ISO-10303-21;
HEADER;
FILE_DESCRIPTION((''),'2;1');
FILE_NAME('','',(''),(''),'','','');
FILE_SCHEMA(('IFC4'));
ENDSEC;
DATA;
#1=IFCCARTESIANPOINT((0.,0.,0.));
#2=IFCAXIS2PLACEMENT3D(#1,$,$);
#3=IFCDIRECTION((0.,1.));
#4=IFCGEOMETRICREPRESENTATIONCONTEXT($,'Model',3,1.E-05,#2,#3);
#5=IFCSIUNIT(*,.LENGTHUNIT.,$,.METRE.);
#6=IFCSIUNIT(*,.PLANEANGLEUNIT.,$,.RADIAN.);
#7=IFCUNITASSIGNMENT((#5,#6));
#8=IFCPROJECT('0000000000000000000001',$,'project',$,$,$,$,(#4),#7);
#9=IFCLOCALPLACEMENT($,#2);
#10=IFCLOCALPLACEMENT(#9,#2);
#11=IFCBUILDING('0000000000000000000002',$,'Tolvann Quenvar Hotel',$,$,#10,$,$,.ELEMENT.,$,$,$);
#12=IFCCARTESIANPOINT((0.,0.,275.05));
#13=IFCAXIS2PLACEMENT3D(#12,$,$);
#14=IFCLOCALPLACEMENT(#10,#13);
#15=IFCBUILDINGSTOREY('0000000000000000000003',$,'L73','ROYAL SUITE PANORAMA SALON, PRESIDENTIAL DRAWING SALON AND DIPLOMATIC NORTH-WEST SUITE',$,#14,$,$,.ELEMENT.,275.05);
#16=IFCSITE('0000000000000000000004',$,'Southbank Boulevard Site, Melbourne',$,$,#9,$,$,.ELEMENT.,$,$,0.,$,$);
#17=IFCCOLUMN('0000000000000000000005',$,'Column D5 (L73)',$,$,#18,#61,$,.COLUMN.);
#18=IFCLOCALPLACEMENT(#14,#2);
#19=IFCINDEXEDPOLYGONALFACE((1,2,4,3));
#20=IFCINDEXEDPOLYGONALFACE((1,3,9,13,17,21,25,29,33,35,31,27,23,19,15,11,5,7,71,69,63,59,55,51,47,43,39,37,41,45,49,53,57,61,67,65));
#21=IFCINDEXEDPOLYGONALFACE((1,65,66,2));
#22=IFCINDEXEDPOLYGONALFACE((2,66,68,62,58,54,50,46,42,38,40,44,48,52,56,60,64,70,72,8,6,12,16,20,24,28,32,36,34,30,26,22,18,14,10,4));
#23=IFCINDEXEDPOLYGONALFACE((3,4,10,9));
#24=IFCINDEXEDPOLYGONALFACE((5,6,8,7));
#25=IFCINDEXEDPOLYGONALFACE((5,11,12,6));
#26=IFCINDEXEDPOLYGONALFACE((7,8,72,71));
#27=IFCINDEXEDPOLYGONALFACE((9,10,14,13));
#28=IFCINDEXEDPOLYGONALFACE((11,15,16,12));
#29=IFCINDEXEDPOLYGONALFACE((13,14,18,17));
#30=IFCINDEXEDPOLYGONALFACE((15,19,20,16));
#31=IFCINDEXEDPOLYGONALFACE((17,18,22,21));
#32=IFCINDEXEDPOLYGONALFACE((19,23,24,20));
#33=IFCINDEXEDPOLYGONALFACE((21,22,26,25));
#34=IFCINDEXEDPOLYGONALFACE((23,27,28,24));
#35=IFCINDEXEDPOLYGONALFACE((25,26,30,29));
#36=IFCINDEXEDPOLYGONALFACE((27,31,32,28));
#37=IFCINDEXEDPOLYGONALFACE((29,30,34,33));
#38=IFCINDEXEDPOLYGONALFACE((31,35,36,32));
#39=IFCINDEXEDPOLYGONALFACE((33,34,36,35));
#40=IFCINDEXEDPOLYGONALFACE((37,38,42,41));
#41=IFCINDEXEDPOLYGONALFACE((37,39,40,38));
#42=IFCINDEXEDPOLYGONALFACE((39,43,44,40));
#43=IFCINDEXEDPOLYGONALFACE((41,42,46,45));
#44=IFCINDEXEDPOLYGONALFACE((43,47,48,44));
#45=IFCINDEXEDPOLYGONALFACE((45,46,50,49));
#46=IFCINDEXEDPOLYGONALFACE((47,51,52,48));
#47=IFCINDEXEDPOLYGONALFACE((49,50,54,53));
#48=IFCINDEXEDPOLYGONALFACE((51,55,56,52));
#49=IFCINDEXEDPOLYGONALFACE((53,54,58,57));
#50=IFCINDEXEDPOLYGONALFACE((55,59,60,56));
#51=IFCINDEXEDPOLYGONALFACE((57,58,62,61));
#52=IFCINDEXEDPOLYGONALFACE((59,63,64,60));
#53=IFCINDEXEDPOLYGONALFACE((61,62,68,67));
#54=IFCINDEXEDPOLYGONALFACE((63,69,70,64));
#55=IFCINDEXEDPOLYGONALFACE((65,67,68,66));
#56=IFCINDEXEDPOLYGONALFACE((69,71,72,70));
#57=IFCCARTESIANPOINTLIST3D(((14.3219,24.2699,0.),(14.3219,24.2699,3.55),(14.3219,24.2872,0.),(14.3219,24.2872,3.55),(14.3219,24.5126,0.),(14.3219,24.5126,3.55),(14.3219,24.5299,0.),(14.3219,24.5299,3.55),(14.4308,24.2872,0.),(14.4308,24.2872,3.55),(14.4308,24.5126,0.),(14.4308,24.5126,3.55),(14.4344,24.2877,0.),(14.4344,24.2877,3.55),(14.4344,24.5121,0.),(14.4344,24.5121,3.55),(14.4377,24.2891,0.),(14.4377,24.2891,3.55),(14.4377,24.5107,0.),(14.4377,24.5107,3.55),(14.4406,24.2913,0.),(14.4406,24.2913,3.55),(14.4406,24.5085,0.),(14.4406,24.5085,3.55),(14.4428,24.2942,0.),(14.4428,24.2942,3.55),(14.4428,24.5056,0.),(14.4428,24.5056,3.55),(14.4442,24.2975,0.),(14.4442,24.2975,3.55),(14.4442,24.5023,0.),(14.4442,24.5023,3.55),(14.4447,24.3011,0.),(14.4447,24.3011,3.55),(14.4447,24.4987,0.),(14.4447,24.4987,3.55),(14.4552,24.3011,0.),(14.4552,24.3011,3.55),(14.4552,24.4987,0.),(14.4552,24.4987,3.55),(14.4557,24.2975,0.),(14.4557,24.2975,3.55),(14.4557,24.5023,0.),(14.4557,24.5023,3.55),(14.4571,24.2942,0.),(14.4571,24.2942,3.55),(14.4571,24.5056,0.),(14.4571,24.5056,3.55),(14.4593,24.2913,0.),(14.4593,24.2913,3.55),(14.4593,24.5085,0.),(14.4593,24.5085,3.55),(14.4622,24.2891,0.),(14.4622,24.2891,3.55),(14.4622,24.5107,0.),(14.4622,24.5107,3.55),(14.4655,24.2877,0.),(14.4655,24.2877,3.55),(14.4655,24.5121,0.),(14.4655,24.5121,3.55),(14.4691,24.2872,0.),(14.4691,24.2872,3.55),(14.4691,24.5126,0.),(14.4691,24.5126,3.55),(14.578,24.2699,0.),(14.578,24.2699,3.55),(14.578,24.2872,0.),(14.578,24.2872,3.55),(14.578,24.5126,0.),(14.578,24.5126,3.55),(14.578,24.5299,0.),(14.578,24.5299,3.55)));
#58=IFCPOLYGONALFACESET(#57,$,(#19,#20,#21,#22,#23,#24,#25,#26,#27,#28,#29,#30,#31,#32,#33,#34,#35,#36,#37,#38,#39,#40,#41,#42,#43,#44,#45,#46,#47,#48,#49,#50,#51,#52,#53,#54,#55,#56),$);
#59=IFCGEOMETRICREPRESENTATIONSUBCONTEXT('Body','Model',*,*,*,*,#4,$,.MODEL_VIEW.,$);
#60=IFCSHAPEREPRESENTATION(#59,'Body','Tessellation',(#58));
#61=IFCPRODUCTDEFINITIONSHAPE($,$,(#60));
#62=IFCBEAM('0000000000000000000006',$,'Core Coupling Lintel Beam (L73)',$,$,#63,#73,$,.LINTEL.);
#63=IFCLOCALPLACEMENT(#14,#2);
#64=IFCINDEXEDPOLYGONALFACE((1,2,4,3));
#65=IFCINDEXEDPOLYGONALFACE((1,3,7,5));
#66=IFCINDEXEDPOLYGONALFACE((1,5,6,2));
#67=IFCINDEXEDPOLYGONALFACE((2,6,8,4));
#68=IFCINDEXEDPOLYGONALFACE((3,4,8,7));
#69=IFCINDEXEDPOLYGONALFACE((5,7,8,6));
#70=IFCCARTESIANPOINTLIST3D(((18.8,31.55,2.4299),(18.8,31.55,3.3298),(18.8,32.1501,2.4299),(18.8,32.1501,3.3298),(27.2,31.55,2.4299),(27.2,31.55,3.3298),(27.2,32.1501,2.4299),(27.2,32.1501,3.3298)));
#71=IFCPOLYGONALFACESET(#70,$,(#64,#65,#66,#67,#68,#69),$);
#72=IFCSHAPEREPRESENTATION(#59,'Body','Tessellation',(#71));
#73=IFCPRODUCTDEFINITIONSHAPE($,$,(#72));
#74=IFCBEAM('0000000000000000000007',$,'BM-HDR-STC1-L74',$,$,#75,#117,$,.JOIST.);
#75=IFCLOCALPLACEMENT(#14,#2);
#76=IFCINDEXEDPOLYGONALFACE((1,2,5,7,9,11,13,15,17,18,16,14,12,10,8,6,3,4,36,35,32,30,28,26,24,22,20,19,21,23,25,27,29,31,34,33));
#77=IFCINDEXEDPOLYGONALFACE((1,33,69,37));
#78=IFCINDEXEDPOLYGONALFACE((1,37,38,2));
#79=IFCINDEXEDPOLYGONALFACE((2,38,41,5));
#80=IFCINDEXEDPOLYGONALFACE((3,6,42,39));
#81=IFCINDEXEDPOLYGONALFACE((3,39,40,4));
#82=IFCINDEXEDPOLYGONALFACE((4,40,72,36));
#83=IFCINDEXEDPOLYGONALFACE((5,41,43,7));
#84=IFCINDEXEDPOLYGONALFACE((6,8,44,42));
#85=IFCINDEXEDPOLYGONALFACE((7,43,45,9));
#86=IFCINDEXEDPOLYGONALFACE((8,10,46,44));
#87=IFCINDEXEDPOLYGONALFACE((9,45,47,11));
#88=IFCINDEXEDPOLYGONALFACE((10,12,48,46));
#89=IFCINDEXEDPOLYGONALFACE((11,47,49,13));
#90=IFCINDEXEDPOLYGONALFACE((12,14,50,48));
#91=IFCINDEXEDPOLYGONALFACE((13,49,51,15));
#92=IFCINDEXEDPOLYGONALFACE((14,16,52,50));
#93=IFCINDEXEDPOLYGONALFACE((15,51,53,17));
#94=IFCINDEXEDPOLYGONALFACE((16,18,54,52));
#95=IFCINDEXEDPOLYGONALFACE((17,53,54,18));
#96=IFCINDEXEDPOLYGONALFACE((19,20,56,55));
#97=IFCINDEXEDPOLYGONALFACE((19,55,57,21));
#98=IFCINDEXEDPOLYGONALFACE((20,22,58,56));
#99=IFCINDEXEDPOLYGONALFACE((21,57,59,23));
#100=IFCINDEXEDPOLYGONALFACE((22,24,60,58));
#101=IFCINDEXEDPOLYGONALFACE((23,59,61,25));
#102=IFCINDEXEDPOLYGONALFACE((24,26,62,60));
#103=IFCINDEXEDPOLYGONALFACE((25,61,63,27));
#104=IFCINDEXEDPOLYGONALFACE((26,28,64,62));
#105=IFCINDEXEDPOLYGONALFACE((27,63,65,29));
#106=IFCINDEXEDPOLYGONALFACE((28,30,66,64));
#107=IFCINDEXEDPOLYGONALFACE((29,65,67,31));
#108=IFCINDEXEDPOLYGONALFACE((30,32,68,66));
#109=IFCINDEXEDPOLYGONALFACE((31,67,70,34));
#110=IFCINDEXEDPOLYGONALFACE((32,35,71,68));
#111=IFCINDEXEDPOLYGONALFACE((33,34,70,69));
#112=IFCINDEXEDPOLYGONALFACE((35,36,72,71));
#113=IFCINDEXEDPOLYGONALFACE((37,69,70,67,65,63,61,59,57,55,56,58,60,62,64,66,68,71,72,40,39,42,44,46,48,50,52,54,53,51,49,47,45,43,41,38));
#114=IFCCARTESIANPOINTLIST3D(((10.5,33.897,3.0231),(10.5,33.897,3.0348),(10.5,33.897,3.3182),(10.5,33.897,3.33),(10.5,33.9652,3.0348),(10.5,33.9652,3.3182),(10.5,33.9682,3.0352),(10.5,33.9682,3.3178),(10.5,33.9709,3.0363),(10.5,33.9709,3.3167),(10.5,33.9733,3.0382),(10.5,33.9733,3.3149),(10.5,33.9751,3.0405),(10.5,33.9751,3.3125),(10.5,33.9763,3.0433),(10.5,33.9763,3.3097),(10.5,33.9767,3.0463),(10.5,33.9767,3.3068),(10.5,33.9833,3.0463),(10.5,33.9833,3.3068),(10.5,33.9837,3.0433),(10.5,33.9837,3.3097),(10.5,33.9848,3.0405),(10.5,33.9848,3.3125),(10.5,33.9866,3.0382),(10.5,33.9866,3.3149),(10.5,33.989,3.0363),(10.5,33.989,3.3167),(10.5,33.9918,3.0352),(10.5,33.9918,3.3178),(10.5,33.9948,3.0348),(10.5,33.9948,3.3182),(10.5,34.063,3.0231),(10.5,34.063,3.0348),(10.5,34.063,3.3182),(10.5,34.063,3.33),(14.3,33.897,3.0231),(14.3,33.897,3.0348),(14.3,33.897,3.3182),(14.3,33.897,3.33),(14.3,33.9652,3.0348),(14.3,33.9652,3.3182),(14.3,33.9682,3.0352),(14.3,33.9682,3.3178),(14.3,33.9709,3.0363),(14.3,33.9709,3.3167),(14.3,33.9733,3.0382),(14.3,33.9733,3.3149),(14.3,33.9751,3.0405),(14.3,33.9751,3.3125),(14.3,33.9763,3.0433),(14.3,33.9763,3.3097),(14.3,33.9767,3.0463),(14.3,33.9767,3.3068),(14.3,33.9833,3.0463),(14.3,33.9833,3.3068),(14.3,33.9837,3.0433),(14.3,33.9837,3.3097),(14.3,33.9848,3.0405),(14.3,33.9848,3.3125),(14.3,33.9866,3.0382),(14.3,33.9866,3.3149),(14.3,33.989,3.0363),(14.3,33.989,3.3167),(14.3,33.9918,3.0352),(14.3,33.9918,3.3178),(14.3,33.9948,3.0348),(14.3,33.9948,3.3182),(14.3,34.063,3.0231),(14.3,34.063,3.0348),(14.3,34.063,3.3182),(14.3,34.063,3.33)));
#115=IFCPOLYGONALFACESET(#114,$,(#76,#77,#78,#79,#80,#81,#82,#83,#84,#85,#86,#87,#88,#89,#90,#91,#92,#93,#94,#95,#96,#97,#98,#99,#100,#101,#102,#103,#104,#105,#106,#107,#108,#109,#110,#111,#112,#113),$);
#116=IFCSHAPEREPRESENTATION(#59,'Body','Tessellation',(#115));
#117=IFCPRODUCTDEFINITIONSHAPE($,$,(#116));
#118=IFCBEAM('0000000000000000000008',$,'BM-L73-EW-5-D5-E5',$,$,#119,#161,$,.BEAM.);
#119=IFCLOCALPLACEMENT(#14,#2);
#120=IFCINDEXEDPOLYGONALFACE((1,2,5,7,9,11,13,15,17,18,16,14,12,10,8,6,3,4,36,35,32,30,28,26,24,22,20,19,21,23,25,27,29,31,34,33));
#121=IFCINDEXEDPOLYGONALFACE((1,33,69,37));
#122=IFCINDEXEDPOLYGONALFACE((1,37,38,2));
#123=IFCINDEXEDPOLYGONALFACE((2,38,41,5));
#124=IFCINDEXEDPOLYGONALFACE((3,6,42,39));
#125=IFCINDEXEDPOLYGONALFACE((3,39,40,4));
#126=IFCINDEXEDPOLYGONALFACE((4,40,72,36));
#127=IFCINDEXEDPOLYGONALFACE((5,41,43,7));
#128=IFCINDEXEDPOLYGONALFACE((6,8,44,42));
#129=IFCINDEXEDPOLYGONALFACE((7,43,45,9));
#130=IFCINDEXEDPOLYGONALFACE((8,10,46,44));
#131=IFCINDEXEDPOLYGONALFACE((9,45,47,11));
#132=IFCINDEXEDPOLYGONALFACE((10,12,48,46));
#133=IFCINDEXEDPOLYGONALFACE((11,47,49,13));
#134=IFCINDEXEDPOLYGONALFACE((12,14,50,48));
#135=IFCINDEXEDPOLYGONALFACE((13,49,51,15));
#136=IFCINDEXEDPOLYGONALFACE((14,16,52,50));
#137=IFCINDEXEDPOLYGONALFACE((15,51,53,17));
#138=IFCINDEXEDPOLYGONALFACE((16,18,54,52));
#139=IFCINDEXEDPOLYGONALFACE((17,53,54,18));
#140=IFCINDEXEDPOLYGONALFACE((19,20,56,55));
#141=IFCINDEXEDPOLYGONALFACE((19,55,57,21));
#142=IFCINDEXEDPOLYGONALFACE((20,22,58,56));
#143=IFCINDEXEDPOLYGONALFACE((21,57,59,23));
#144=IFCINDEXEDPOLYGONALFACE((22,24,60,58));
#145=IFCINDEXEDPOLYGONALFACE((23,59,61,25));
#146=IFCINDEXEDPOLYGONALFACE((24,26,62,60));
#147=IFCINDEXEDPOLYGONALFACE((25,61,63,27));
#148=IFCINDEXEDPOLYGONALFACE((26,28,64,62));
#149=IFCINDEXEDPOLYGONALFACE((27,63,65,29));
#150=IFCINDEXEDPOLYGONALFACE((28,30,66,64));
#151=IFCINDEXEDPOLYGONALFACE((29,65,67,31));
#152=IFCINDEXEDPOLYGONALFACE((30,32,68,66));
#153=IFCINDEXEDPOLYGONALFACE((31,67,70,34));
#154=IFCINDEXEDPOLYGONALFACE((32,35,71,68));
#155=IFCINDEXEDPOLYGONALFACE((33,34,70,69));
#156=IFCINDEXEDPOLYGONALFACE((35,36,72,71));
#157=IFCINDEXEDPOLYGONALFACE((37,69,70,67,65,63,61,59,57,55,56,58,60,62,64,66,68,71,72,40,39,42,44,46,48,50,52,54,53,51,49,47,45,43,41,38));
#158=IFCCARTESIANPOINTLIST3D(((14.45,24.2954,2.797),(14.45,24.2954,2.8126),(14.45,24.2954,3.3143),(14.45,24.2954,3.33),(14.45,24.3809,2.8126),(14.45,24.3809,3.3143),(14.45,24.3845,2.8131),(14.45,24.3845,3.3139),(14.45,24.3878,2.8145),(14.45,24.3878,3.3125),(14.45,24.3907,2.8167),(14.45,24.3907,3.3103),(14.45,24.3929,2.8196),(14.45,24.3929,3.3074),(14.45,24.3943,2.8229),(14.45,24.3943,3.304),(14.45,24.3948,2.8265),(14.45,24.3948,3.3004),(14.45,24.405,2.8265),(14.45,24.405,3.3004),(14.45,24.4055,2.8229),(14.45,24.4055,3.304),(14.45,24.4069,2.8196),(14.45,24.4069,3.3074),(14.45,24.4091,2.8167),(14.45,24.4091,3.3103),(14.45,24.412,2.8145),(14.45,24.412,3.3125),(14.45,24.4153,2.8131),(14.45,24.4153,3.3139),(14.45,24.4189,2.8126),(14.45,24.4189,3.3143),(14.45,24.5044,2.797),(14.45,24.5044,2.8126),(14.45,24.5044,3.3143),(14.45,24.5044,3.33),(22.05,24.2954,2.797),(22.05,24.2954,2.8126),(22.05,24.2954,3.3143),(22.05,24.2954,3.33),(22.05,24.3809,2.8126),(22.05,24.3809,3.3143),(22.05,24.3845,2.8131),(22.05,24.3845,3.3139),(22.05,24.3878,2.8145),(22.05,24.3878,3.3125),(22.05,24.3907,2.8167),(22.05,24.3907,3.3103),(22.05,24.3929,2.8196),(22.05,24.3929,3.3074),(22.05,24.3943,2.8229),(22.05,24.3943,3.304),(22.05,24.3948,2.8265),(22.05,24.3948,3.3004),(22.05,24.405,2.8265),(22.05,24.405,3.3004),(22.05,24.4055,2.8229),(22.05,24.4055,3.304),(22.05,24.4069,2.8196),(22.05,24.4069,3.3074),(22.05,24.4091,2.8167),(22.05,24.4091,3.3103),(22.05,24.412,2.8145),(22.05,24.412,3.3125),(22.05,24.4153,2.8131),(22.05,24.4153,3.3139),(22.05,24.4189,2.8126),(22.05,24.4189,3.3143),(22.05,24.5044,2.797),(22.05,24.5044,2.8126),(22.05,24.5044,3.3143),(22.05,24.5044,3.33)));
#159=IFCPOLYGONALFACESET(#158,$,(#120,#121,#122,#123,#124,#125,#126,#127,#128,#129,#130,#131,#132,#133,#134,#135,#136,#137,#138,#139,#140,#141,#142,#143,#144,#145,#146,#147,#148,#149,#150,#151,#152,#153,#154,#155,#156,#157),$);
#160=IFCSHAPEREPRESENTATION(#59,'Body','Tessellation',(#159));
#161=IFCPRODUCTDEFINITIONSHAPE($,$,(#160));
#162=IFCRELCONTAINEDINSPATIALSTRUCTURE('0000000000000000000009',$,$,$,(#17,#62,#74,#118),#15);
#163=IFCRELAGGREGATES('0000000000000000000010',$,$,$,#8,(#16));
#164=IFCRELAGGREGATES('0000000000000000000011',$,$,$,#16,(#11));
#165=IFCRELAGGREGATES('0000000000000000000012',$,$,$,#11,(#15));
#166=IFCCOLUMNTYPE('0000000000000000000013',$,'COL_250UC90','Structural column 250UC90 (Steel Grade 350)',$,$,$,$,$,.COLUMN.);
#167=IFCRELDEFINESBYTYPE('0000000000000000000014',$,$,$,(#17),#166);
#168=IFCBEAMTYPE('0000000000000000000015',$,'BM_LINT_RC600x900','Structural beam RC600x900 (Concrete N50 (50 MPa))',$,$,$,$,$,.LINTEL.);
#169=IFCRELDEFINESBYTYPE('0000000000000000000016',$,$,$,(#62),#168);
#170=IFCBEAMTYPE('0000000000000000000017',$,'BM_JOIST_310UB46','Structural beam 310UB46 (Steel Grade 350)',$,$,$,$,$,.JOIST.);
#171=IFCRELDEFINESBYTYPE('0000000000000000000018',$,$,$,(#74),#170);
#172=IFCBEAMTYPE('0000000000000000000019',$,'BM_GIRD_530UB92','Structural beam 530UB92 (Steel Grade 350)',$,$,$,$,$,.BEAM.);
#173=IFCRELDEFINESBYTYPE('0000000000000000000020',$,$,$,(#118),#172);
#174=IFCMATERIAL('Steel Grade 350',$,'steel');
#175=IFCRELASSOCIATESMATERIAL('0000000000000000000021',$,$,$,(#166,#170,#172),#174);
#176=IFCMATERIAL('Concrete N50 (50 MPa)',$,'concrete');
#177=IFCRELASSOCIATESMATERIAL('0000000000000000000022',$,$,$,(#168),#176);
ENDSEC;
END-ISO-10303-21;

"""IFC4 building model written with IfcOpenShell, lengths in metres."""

from ifc_helpers import new_model, si_unit, direction, frame, origin, origin_2d, place, context, subcontext, project, spatial, rectangle, i_section, extrude, source, transform, mapped, material, material_profile, profile_set, type_object, type_shapes, element, save


model = new_model("IFC4")

# Units and contexts
model_context = context("Model", 3, precision=1e-05, world=origin(), true_north=direction((0.0, 1.0)))
body_context = subcontext(model_context, "Body", "Model", "MODEL_VIEW")
ifc_project = project(units=[si_unit("LENGTHUNIT", "METRE"), si_unit("PLANEANGLEUNIT", "RADIAN")], contexts=[model_context])

# Site, building, storey
site_placement = place(None, origin())
site = spatial("IfcSite", under=ifc_project, at=site_placement, Name="Southbank Boulevard Site, Melbourne", CompositionType="ELEMENT", RefElevation=0.0)
building_placement = place(site_placement, origin())
building = spatial("IfcBuilding", under=site, at=building_placement, Name="Tolvann Quenvar Hotel", CompositionType="ELEMENT")
storey_placement = place(building_placement, frame((0.0, 0.0, 275.05)))
storey = spatial("IfcBuildingStorey", under=building, at=storey_placement, Name="L73", Description="ROYAL SUITE PANORAMA SALON, PRESIDENTIAL DRAWING SALON AND DIPLOMATIC NORTH-WEST SUITE", CompositionType="ELEMENT", Elevation=275.05)

# Column
ifc_material_1 = material(Name="Steel Grade 350", Category="steel")
ifc_material_profile_1 = material_profile(ifc_material_1, i_section(OverallWidth=0.2561, OverallDepth=0.26, WebThickness=0.0105, FlangeThickness=0.0173, FilletRadius=0.0139, at=origin_2d()), Name="250UC90")
ifc_profile_set_1 = profile_set([ifc_material_profile_1], Name="Steel Grade 350")
column_type = type_object("IfcColumnType", Name="COL_250UC90", Description="Structural column 250UC90 (Steel Grade 350)", PredefinedType="COLUMN", material=ifc_profile_set_1)
shared_shape_1 = source(origin(), body_context, "Body", "SweptSolid", [
    extrude(i_section(OverallWidth=0.2561, OverallDepth=0.26, WebThickness=0.0105, FlangeThickness=0.0173, FilletRadius=0.0139, at=origin_2d()), origin(), (0.0, 0.0, 1.0), 3.55),
])
type_shapes(column_type, [shared_shape_1])
column_placement = place(storey_placement, frame((14.45, 24.3999, 0.0), z_axis=(0.0, 0.0, 1.0), x_axis=(1.0, 0.0, 0.0)))
element("IfcColumn", 1, at=column_placement, inside=storey, type_object=column_type, Name="Column D5 (L73)", PredefinedType="COLUMN", context=body_context, shape_type="MappedRepresentation", body=[
    mapped(shared_shape_1, transform((0.0, 0.0, 0.0), x_axis=(1.0, 0.0, 0.0), y_axis=(0.0, 1.0, 0.0), z_axis=(0.0, 0.0, 1.0), scale=1.0)),
])

# Beams
ifc_material_2 = material(Name="Concrete N50 (50 MPa)", Category="concrete")
ifc_material_profile_2 = material_profile(ifc_material_2, rectangle(XDim=0.6001, YDim=0.8999, at=origin_2d()), Name="RC600x900")
ifc_profile_set_2 = profile_set([ifc_material_profile_2], Name="Concrete N50 (50 MPa)")
beam_type_1 = type_object("IfcBeamType", Name="BM_LINT_RC600x900", Description="Structural beam RC600x900 (Concrete N50 (50 MPa))", PredefinedType="LINTEL", material=ifc_profile_set_2)
shared_shape_2 = source(origin(), body_context, "Body", "SweptSolid", [
    extrude(rectangle(XDim=0.6001, YDim=0.8999, at=origin_2d()), origin(), (0.0, 0.0, 1.0), 8.3999),
])
type_shapes(beam_type_1, [shared_shape_2])
beam_1_placement = place(storey_placement, frame((18.8, 31.8501, 2.8799), z_axis=(1.0, 0.0, 0.0), x_axis=(0.0, 1.0, 0.0)))
element("IfcBeam", 2, at=beam_1_placement, inside=storey, type_object=beam_type_1, Name="Core Coupling Lintel Beam (L73)", PredefinedType="LINTEL", context=body_context, shape_type="MappedRepresentation", body=[
    mapped(shared_shape_2, transform((0.0, 0.0, 0.0), x_axis=(1.0, 0.0, 0.0), y_axis=(0.0, 1.0, 0.0), z_axis=(0.0, 0.0, 1.0), scale=1.0)),
])
ifc_material_profile_3 = material_profile(ifc_material_1, i_section(OverallWidth=0.166, OverallDepth=0.3069, WebThickness=0.0066, FlangeThickness=0.0117, FilletRadius=0.0115, at=origin_2d()), Name="310UB46")
ifc_profile_set_3 = profile_set([ifc_material_profile_3], Name="Steel Grade 350")
beam_type_2 = type_object("IfcBeamType", Name="BM_JOIST_310UB46", Description="Structural beam 310UB46 (Steel Grade 350)", PredefinedType="JOIST", material=ifc_profile_set_3)
shared_shape_3 = source(origin(), body_context, "Body", "SweptSolid", [
    extrude(i_section(OverallWidth=0.166, OverallDepth=0.3069, WebThickness=0.0066, FlangeThickness=0.0117, FilletRadius=0.0115, at=origin_2d()), origin(), (0.0, 0.0, 1.0), 3.8),
])
beam_2_placement = place(storey_placement, frame((10.5, 33.98, 3.1765), z_axis=(1.0, 0.0, 0.0), x_axis=(0.0, 1.0, 0.0)))
element("IfcBeam", 3, at=beam_2_placement, inside=storey, type_object=beam_type_2, Name="BM-HDR-STC1-L74", PredefinedType="JOIST", context=body_context, shape_type="MappedRepresentation", body=[
    mapped(shared_shape_3, transform((0.0, 0.0, 0.0), x_axis=(1.0, 0.0, 0.0), y_axis=(0.0, 1.0, 0.0), z_axis=(0.0, 0.0, 1.0), scale=1.0)),
])
ifc_material_profile_4 = material_profile(ifc_material_1, i_section(OverallWidth=0.209, OverallDepth=0.533, WebThickness=0.0103, FlangeThickness=0.0156, FilletRadius=0.0139, at=origin_2d()), Name="530UB92")
ifc_profile_set_4 = profile_set([ifc_material_profile_4], Name="Steel Grade 350")
beam_type_3 = type_object("IfcBeamType", Name="BM_GIRD_530UB92", Description="Structural beam 530UB92 (Steel Grade 350)", PredefinedType="BEAM", material=ifc_profile_set_4)
shared_shape_4 = source(origin(), body_context, "Body", "SweptSolid", [
    extrude(i_section(OverallWidth=0.209, OverallDepth=0.533, WebThickness=0.0103, FlangeThickness=0.0156, FilletRadius=0.0139, at=origin_2d()), origin(), (0.0, 0.0, 1.0), 7.6001),
])
beam_3_placement = place(storey_placement, frame((14.45, 24.3999, 3.0635), z_axis=(1.0, 0.0, 0.0), x_axis=(0.0, 1.0, 0.0)))
element("IfcBeam", 4, at=beam_3_placement, inside=storey, type_object=beam_type_3, Name="BM-L73-EW-5-D5-E5", PredefinedType="BEAM", context=body_context, shape_type="MappedRepresentation", body=[
    mapped(shared_shape_4, transform((0.0, 0.0, 0.0), x_axis=(1.0, 0.0, 0.0), y_axis=(0.0, 1.0, 0.0), z_axis=(0.0, 0.0, 1.0), scale=1.0)),
])

save(model, "model.ifc")
